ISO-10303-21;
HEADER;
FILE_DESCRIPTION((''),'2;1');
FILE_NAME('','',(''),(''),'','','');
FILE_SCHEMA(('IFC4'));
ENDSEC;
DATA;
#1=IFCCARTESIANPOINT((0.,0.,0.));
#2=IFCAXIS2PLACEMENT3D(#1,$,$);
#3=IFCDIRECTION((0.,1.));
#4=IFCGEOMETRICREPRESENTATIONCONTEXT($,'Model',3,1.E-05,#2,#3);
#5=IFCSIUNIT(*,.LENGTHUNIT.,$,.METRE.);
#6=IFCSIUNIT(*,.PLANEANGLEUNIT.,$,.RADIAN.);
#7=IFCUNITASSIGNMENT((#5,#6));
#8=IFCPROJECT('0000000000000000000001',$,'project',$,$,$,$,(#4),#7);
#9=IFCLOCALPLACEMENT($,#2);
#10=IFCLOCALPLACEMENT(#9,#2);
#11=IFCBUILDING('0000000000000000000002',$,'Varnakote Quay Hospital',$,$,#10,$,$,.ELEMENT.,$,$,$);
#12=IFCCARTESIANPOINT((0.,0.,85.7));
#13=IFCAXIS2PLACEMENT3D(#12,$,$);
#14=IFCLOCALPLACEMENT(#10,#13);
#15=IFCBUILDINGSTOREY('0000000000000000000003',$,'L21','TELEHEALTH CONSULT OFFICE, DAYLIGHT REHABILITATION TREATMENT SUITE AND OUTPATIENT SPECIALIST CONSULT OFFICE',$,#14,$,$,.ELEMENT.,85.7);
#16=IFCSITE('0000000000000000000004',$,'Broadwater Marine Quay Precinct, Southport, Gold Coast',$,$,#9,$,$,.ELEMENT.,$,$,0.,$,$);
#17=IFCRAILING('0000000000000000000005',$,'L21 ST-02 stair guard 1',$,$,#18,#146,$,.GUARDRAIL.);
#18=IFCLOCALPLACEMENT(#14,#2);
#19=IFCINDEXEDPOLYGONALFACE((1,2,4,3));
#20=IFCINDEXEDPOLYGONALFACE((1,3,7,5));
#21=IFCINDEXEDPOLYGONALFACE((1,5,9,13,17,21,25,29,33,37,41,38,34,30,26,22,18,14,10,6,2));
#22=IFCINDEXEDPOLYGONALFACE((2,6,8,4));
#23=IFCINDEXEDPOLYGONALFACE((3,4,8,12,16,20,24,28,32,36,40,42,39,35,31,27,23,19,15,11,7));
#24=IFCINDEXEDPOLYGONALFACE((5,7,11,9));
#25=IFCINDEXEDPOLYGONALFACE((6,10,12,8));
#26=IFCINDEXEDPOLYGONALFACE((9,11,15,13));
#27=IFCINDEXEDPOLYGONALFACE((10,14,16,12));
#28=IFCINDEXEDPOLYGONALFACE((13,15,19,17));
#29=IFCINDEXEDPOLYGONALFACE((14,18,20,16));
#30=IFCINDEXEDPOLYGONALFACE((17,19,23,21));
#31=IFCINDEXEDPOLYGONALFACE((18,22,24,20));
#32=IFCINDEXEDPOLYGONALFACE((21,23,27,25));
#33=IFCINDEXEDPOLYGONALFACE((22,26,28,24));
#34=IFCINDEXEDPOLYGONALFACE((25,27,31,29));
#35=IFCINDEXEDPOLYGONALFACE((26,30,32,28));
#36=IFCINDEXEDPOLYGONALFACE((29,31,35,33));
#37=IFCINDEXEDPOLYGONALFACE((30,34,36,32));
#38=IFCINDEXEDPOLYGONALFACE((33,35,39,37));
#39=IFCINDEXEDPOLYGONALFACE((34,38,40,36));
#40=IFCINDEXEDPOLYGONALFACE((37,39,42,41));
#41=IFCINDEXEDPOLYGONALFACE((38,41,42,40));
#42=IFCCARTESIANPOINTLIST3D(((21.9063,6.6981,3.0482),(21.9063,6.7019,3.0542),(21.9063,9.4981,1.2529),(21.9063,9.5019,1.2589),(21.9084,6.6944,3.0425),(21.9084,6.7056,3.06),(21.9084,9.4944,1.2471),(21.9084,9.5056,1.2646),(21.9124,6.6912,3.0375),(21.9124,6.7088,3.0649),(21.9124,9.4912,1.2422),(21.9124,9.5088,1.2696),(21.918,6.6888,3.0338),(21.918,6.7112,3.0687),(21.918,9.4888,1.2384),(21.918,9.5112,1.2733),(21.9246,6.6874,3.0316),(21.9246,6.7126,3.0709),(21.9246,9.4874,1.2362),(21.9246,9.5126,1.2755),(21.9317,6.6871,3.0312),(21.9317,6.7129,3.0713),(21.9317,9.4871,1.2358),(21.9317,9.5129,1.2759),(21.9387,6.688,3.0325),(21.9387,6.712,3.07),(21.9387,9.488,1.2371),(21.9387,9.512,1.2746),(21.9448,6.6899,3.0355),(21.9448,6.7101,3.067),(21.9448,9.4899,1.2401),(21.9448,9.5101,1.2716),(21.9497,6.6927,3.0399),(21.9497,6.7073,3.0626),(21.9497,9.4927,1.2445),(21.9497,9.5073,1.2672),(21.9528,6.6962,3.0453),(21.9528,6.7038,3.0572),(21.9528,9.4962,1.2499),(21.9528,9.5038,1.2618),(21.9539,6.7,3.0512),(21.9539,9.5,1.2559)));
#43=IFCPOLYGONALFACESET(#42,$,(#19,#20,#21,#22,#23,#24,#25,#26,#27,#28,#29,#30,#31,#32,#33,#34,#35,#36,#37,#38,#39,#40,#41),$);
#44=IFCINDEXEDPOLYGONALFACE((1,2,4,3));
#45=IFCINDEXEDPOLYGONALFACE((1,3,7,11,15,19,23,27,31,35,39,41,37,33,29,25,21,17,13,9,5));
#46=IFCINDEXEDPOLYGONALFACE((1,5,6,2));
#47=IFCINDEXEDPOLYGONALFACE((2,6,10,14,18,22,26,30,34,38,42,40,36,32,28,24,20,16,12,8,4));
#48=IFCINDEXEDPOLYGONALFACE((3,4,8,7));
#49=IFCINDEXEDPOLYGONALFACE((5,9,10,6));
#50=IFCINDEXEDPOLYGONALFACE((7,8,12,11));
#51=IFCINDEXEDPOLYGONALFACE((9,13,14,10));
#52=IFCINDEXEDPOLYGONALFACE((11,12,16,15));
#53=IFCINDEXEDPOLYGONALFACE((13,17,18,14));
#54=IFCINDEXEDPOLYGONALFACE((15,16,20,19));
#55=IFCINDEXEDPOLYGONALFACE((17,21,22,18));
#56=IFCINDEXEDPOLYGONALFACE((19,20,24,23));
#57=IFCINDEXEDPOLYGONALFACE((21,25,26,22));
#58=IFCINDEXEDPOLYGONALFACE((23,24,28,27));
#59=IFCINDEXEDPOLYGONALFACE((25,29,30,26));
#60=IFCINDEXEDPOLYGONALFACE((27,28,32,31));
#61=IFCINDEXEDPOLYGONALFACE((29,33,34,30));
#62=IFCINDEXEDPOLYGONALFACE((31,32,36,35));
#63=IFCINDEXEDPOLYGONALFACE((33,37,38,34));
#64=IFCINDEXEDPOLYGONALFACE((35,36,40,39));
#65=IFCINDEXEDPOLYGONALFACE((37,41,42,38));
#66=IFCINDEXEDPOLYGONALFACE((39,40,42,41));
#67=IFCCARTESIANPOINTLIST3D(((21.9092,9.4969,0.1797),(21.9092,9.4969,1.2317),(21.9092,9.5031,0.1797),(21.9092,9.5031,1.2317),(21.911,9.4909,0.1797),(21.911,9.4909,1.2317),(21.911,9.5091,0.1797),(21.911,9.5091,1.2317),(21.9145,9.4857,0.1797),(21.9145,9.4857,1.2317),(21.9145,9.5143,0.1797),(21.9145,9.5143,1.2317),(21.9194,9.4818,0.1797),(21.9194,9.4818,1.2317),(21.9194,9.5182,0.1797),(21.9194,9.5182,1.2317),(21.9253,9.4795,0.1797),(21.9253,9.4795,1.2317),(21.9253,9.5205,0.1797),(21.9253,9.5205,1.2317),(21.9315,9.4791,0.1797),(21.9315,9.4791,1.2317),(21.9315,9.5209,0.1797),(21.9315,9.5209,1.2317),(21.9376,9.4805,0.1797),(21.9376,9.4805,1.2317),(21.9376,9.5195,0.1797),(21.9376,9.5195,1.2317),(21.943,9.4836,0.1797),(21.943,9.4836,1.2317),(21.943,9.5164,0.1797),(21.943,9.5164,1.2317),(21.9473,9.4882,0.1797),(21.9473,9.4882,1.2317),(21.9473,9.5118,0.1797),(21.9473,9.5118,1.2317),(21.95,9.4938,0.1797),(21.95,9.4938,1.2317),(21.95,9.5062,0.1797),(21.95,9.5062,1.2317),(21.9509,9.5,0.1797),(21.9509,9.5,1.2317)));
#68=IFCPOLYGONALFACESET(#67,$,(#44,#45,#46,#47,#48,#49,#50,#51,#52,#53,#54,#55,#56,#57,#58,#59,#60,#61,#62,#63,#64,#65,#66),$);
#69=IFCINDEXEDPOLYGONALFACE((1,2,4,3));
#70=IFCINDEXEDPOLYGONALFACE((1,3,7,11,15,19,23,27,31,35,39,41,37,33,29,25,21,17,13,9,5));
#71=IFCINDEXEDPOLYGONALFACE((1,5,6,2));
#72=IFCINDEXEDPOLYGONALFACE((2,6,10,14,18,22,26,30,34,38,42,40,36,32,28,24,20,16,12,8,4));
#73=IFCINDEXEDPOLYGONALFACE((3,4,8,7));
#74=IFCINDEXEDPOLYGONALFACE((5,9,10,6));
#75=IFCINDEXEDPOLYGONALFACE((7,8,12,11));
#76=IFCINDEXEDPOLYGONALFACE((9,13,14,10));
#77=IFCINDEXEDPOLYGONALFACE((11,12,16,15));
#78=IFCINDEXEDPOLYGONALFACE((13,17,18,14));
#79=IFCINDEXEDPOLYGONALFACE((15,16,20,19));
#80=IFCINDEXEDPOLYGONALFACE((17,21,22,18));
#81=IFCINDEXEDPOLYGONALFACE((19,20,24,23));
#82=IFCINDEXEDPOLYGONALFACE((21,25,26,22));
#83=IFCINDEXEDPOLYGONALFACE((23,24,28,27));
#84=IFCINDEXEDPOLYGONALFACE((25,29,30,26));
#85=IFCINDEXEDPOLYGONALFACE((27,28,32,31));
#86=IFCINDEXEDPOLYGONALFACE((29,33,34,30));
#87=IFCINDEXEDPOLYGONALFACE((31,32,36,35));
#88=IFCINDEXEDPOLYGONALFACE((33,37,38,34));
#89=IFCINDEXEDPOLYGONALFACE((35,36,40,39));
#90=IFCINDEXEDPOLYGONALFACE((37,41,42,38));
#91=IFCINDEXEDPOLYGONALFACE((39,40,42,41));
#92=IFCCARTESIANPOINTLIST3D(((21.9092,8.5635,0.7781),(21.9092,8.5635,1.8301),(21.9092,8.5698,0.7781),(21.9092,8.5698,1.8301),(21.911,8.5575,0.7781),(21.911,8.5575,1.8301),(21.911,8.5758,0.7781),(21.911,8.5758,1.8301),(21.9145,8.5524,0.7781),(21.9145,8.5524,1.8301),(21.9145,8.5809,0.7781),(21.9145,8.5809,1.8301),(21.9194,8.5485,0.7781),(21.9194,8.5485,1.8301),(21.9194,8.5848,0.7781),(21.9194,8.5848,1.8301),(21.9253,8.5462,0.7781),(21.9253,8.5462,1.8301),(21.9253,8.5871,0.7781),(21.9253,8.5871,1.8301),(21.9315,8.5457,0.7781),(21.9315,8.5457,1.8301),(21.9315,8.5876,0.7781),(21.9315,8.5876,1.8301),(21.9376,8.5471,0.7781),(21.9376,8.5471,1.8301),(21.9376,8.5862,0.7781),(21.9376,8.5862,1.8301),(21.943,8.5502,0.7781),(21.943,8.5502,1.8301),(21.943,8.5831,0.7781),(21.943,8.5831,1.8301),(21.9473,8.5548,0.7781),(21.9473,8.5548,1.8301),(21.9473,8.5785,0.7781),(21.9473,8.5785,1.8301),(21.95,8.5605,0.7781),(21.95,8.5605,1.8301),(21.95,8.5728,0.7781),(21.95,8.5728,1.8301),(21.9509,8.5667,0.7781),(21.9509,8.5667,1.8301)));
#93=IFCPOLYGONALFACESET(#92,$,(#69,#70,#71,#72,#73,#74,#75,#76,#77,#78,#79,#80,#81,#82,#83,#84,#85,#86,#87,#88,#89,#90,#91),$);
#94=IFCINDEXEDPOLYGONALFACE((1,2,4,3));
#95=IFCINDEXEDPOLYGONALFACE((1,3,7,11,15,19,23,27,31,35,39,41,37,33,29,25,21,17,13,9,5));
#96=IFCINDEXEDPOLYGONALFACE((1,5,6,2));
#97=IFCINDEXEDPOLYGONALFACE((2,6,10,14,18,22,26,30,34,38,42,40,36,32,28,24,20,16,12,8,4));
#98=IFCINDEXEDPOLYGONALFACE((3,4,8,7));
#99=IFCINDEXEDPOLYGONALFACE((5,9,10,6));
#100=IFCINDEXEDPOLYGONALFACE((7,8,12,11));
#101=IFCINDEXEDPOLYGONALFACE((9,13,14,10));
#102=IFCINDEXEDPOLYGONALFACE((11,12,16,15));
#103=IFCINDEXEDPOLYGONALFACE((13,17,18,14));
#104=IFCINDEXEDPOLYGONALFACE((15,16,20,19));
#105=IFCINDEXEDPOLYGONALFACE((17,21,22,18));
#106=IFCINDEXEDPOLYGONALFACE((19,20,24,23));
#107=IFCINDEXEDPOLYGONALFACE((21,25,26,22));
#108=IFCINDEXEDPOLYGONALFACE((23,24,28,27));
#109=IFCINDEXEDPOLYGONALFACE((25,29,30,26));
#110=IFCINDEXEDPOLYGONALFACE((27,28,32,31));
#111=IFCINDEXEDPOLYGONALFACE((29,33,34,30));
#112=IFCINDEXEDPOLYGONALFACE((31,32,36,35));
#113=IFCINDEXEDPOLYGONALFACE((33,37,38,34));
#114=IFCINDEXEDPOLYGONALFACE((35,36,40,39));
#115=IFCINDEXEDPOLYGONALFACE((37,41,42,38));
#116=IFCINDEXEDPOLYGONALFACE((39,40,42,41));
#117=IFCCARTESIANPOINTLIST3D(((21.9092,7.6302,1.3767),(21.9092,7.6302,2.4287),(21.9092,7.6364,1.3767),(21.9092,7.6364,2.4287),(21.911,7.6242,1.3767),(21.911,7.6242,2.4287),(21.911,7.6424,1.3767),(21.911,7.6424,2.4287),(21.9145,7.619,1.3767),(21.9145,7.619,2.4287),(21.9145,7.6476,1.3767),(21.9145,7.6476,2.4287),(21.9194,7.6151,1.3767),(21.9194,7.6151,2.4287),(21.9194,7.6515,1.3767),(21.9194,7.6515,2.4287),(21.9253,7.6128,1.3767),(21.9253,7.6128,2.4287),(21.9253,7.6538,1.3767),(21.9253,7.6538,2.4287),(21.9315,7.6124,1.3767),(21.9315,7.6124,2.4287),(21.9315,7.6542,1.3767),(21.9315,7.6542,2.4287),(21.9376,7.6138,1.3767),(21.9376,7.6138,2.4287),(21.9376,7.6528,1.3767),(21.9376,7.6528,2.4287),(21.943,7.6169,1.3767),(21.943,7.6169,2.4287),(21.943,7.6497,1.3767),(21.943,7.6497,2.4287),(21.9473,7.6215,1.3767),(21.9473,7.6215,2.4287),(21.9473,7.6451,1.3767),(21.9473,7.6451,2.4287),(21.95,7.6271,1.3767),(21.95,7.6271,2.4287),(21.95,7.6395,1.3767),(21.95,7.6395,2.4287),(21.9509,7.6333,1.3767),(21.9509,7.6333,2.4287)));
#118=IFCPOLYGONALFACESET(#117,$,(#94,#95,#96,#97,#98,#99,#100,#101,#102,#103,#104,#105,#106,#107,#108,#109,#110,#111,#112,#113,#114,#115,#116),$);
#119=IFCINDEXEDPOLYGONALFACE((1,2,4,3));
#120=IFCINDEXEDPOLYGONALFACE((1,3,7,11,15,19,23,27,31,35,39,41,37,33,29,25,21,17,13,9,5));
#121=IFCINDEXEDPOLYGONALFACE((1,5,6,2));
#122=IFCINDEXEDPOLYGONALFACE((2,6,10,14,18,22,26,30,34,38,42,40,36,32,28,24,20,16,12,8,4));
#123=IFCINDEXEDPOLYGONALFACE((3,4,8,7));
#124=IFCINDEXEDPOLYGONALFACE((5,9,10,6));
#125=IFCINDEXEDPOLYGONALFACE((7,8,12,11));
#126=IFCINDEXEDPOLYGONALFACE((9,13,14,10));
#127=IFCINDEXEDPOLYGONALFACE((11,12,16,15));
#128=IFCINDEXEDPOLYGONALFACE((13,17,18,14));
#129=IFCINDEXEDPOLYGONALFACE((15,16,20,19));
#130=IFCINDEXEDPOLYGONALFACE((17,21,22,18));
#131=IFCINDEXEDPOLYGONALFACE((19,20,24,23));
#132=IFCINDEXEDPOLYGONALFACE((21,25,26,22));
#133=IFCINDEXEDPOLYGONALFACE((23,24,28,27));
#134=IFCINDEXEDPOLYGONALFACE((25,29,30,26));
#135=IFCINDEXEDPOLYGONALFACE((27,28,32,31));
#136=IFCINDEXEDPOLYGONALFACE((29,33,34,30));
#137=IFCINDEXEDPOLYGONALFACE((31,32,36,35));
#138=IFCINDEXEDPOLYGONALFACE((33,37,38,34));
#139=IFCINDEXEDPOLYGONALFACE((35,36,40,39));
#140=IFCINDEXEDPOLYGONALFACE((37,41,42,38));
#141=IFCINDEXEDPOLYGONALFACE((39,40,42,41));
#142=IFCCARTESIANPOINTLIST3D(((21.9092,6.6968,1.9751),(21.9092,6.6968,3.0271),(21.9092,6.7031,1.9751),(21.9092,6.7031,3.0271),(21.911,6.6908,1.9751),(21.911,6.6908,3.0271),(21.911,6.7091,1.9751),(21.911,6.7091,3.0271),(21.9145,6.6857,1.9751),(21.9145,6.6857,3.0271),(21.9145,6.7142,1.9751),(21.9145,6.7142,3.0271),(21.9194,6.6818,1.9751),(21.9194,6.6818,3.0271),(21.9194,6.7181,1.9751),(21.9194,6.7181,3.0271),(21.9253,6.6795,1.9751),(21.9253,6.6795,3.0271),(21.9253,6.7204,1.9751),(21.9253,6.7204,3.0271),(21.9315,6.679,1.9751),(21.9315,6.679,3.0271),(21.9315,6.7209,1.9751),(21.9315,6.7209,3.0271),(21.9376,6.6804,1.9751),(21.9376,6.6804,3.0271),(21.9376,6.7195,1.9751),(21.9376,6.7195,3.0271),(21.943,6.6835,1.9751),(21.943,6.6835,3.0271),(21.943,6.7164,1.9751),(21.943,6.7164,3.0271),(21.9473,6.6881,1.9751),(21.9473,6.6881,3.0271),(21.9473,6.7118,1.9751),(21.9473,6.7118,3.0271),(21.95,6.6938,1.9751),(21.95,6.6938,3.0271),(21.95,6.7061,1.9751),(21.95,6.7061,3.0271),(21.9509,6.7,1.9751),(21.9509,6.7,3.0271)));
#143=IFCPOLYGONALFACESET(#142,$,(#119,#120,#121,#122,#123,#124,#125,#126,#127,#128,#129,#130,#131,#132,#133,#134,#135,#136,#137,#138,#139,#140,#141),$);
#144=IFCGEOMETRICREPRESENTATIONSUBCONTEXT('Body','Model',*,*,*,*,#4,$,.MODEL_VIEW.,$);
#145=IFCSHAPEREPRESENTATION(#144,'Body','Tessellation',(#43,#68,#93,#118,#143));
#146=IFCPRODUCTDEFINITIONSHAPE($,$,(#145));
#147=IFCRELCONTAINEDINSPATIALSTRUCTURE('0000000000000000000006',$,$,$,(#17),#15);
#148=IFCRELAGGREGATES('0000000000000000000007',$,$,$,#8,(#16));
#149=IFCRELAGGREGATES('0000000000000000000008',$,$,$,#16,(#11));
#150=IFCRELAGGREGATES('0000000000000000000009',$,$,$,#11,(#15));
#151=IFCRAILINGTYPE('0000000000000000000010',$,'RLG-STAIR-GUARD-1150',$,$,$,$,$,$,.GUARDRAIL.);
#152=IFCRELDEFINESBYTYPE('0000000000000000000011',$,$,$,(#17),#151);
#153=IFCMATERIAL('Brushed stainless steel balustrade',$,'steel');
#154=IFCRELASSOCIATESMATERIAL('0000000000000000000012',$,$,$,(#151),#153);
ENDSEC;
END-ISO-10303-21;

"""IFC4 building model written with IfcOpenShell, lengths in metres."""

from ifc_helpers import new_model, si_unit, direction, frame, origin, origin_2d, place, context, subcontext, project, spatial, circle, extrude, material, type_object, element, save


model = new_model("IFC4")

# Units and contexts
model_context = context("Model", 3, precision=1e-05, world=origin(), true_north=direction((0.0, 1.0)))
body_context = subcontext(model_context, "Body", "Model", "MODEL_VIEW")
ifc_project = project(units=[si_unit("LENGTHUNIT", "METRE"), si_unit("PLANEANGLEUNIT", "RADIAN")], contexts=[model_context])

# Site, building, storey
site_placement = place(None, origin())
site = spatial("IfcSite", under=ifc_project, at=site_placement, Name="Broadwater Marine Quay Precinct, Southport, Gold Coast", CompositionType="ELEMENT", RefElevation=0.0)
building_placement = place(site_placement, origin())
building = spatial("IfcBuilding", under=site, at=building_placement, Name="Varnakote Quay Hospital", CompositionType="ELEMENT")
storey_placement = place(building_placement, frame((0.0, 0.0, 85.7)))
storey = spatial("IfcBuildingStorey", under=building, at=storey_placement, Name="L21", Description="TELEHEALTH CONSULT OFFICE, DAYLIGHT REHABILITATION TREATMENT SUITE AND OUTPATIENT SPECIALIST CONSULT OFFICE", CompositionType="ELEMENT", Elevation=85.7)

# Railing
ifc_material_1 = material(Name="Brushed stainless steel balustrade", Category="steel")
railing_type_1 = type_object("IfcRailingType", Name="RLG-STAIR-GUARD-1150", PredefinedType="GUARDRAIL", material=ifc_material_1)
railing_1_placement = place(storey_placement, frame((21.9299, 9.5, 0.1797)))
element("IfcRailing", 1, at=railing_1_placement, inside=storey, type_object=railing_type_1, Name="L21 ST-02 stair guard 1", PredefinedType="GUARDRAIL", context=body_context, shape_type="SweptSolid", body=[
    extrude(circle(Radius=0.0239, at=origin_2d()), frame((0.0, 0.0, 1.0762), z_axis=(0.0, -0.84181, 0.539774), x_axis=(1.0, 0.0, 0.0)), (0.0, 0.0, 1.0), 3.3262),
    extrude(circle(Radius=0.021, at=origin_2d()), origin(), (0.0, 0.0, 1.0), 1.052),
    extrude(circle(Radius=0.021, at=origin_2d()), frame((0.0, -0.9333, 0.5984)), (0.0, 0.0, 1.0), 1.052),
    extrude(circle(Radius=0.021, at=origin_2d()), frame((0.0, -1.8667, 1.197)), (0.0, 0.0, 1.0), 1.052),
    extrude(circle(Radius=0.021, at=origin_2d()), frame((0.0, -2.8, 1.7954)), (0.0, 0.0, 1.0), 1.052),
])

save(model, "model.ifc")
